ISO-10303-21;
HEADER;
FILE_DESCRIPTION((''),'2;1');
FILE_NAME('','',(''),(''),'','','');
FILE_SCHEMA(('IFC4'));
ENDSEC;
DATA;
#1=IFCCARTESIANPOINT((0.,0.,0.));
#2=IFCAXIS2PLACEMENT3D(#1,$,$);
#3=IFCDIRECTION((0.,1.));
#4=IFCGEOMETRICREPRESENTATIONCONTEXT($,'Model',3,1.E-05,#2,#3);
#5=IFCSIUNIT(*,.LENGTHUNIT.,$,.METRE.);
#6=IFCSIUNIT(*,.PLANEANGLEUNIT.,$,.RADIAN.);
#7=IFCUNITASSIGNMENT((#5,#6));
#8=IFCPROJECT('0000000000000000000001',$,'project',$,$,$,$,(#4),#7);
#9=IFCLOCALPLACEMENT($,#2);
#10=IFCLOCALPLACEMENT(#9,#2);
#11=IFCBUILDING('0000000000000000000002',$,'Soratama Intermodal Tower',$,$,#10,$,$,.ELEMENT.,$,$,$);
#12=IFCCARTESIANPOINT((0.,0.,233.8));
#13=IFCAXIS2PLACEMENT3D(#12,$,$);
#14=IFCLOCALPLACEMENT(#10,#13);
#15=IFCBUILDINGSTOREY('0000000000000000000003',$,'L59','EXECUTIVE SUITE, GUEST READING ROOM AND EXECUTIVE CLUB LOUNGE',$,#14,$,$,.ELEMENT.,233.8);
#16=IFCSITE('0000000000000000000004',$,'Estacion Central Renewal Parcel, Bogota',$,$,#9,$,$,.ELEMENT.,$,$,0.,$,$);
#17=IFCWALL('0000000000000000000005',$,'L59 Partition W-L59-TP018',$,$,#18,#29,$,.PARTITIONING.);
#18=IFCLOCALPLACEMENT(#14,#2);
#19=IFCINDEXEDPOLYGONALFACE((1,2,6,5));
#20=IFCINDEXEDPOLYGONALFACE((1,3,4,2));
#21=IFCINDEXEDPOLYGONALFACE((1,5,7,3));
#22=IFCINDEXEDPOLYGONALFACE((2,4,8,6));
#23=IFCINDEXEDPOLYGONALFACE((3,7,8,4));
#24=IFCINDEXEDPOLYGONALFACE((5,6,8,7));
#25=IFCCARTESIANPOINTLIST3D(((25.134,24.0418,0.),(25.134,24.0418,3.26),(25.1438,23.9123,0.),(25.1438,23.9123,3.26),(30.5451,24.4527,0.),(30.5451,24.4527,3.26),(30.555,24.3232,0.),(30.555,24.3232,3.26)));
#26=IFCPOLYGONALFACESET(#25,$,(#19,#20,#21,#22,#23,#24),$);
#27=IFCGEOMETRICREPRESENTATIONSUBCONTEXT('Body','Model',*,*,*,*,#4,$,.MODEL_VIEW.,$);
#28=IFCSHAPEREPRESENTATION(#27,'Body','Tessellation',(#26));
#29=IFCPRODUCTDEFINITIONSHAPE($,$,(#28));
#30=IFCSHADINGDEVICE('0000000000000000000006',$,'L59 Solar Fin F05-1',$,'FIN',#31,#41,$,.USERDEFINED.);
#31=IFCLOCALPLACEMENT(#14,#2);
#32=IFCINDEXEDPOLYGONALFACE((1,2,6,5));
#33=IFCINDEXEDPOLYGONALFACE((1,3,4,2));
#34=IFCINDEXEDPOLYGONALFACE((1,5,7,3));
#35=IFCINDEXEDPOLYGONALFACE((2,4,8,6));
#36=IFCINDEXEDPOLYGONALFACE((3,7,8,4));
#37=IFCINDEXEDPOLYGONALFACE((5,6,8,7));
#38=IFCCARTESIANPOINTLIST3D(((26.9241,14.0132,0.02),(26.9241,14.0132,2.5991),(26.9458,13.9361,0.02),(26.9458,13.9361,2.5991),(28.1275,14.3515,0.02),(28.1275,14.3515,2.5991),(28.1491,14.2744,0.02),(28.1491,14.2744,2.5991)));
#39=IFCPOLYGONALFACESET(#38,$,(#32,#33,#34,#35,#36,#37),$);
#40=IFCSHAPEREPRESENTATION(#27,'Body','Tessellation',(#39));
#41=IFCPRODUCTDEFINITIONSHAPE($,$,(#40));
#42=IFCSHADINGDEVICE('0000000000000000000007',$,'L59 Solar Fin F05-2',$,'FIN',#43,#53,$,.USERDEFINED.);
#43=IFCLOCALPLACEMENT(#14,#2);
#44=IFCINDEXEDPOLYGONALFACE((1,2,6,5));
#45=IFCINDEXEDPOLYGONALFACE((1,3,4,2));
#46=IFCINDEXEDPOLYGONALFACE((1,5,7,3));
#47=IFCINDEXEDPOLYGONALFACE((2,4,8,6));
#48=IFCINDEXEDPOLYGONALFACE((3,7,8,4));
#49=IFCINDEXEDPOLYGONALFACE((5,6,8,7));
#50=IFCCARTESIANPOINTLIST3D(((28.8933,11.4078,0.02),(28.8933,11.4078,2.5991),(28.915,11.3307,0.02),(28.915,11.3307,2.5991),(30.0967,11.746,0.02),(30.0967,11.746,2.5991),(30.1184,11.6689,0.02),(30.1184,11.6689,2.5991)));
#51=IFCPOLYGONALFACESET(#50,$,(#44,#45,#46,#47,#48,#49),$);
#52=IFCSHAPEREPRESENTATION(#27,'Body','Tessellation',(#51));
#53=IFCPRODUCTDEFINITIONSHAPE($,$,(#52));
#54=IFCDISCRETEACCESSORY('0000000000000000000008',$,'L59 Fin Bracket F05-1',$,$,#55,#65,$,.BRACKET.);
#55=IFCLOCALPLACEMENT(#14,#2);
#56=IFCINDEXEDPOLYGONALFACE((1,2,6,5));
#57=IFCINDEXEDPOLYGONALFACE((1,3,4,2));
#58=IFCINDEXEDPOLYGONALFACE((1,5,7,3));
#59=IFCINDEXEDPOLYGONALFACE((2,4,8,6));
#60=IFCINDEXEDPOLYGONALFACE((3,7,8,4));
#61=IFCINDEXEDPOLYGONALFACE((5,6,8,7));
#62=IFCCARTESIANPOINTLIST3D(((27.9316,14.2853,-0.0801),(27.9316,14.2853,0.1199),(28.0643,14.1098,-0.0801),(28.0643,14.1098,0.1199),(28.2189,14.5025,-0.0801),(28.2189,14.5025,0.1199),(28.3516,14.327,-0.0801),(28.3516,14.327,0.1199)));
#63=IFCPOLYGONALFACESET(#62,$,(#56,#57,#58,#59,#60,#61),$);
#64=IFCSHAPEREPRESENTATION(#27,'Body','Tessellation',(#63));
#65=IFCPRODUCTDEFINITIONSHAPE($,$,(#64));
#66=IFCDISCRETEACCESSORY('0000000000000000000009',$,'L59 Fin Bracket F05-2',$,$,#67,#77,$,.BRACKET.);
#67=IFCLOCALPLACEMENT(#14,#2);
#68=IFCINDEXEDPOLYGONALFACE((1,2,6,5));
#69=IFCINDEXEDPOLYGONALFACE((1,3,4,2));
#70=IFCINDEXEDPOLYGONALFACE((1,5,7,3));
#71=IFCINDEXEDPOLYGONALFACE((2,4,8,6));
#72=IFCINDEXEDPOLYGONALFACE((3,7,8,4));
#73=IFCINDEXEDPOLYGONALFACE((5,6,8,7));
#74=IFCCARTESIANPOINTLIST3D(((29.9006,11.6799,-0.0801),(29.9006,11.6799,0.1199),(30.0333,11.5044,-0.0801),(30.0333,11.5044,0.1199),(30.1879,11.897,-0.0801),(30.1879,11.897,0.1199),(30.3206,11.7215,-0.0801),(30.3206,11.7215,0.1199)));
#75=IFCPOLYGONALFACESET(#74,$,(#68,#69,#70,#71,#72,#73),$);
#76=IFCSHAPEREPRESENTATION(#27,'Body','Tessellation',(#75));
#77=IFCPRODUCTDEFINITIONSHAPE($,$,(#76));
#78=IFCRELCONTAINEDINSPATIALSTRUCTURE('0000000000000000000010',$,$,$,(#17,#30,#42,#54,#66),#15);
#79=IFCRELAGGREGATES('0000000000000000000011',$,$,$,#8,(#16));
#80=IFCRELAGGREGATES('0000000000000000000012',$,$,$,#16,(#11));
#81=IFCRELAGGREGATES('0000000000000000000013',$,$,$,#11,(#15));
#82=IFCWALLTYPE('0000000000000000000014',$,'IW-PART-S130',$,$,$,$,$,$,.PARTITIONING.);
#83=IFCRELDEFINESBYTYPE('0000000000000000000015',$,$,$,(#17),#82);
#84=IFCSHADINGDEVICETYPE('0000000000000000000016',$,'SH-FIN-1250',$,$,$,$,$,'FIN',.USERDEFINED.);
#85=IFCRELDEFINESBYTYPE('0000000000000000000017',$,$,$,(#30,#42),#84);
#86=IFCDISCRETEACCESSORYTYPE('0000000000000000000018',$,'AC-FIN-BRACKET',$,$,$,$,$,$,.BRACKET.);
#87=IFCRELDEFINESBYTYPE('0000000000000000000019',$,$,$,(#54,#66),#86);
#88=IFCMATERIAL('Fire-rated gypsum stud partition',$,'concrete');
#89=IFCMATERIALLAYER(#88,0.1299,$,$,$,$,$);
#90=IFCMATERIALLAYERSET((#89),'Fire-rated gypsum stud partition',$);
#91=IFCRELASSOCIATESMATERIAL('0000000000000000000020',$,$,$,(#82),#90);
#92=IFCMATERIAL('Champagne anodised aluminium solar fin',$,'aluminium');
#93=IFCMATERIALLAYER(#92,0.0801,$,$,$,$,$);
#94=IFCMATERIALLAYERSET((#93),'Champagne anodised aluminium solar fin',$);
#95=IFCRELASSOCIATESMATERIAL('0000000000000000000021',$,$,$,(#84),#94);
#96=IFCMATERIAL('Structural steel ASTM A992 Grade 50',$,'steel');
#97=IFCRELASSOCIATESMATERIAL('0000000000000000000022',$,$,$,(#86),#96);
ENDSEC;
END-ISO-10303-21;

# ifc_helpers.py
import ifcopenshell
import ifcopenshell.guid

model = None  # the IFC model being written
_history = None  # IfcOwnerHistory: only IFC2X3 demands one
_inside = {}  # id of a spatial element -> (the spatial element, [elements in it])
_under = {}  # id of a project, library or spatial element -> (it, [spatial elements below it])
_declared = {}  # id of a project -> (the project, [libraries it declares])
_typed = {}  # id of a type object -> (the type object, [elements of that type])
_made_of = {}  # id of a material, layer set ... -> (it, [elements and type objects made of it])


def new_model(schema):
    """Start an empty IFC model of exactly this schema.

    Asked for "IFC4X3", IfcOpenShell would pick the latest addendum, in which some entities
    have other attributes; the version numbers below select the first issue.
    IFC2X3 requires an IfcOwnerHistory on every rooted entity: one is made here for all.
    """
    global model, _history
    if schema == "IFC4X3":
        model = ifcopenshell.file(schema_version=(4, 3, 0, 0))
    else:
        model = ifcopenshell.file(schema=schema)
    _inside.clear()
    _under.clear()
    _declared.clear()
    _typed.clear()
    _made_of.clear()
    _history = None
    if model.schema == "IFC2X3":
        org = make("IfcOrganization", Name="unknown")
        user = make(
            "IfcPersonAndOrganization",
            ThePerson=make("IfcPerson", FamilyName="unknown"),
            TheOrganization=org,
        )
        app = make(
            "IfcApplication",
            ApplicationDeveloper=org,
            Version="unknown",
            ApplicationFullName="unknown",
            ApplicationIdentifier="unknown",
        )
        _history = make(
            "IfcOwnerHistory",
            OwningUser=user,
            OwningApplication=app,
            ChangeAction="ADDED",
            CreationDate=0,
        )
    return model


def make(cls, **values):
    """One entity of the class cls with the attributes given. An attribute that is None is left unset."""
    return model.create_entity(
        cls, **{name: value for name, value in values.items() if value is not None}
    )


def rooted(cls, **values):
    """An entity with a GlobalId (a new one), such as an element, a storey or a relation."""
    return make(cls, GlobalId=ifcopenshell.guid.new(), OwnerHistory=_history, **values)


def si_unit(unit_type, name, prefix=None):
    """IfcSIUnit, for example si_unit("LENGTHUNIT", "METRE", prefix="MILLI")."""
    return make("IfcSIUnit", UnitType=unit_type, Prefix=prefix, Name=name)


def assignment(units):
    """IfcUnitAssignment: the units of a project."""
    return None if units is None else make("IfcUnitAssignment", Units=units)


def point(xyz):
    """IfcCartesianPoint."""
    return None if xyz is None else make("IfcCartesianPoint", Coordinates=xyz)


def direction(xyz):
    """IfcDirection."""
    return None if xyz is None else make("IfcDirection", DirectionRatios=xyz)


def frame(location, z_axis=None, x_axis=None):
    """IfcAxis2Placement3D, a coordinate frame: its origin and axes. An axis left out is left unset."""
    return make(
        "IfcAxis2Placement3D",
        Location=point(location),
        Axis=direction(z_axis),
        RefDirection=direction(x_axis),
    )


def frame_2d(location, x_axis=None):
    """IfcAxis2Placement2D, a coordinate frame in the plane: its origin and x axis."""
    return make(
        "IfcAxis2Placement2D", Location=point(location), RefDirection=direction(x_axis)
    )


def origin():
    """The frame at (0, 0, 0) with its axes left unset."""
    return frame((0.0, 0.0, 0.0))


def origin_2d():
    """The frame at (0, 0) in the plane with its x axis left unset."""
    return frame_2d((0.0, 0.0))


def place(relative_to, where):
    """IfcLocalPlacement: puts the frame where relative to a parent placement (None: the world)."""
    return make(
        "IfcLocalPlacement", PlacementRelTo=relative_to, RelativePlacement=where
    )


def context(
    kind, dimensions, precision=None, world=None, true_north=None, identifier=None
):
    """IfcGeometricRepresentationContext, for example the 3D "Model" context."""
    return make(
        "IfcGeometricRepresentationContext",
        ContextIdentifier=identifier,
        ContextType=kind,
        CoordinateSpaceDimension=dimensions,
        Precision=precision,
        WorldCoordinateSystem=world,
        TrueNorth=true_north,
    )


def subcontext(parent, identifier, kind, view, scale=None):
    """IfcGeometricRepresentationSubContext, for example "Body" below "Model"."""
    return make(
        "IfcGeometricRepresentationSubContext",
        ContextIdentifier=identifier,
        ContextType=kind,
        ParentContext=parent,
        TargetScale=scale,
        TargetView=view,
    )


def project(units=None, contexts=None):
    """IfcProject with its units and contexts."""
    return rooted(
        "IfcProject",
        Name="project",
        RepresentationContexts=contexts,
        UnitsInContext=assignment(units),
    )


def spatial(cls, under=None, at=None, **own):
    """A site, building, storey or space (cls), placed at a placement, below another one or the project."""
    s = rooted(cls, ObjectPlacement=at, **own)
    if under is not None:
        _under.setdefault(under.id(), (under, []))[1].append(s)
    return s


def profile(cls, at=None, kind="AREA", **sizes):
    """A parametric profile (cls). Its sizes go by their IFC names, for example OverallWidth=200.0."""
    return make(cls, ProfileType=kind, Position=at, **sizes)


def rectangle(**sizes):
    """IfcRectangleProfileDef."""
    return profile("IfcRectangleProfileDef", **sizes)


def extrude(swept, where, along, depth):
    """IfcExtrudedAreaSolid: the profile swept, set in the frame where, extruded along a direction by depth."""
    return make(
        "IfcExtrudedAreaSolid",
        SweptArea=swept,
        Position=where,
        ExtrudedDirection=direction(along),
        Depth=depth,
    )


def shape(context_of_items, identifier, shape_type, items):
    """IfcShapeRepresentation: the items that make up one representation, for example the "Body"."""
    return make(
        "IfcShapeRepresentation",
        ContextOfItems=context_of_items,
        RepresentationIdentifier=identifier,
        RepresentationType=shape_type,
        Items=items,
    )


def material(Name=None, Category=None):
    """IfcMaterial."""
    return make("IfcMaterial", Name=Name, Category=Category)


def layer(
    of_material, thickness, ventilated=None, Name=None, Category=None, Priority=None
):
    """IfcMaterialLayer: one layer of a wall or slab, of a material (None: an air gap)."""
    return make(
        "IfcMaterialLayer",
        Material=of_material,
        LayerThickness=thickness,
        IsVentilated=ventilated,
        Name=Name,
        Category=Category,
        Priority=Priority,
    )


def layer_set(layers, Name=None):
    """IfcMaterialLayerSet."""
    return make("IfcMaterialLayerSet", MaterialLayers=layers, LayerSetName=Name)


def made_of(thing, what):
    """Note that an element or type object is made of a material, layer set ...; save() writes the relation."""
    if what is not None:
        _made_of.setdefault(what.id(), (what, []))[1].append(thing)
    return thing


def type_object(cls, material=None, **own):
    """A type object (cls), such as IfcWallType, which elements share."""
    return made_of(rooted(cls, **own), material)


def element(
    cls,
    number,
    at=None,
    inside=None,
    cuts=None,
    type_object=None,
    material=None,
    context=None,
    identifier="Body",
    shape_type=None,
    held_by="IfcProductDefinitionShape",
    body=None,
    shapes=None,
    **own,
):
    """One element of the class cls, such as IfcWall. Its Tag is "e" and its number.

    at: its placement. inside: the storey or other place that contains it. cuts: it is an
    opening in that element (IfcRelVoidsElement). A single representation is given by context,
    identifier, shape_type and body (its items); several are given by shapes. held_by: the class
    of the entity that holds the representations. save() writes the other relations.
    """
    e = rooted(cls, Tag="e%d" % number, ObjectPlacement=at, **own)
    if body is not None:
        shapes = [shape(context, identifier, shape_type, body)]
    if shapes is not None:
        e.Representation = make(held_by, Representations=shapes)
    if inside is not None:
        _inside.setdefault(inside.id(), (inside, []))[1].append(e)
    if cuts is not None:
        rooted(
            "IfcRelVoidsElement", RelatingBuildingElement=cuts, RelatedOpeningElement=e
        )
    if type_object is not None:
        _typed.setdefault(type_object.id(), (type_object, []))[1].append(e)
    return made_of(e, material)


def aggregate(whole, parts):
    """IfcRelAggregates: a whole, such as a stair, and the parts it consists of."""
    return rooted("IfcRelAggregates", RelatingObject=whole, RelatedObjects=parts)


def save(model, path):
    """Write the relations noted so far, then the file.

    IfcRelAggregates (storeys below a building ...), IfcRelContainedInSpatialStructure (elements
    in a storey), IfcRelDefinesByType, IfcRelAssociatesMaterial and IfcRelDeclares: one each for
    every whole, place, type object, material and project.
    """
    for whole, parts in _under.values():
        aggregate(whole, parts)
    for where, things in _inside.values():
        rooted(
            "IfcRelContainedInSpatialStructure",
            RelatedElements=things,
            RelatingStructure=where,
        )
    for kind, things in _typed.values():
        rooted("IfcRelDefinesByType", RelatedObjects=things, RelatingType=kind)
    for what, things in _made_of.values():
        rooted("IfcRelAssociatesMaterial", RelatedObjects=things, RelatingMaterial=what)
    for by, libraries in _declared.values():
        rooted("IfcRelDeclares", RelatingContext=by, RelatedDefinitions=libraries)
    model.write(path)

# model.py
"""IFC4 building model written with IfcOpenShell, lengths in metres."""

from ifc_helpers import new_model, si_unit, direction, frame, frame_2d, origin, origin_2d, place, context, subcontext, project, spatial, rectangle, extrude, material, layer, layer_set, type_object, element, save


model = new_model("IFC4")

# Units and contexts
model_context = context("Model", 3, precision=1e-05, world=origin(), true_north=direction((0.0, 1.0)))
body_context = subcontext(model_context, "Body", "Model", "MODEL_VIEW")
ifc_project = project(units=[si_unit("LENGTHUNIT", "METRE"), si_unit("PLANEANGLEUNIT", "RADIAN")], contexts=[model_context])

# Site, building, storey
site_placement = place(None, origin())
site = spatial("IfcSite", under=ifc_project, at=site_placement, Name="Estacion Central Renewal Parcel, Bogota", CompositionType="ELEMENT", RefElevation=0.0)
building_placement = place(site_placement, origin())
building = spatial("IfcBuilding", under=site, at=building_placement, Name="Soratama Intermodal Tower", CompositionType="ELEMENT")
storey_placement = place(building_placement, frame((0.0, 0.0, 233.8)))
storey = spatial("IfcBuildingStorey", under=building, at=storey_placement, Name="L59", Description="EXECUTIVE SUITE, GUEST READING ROOM AND EXECUTIVE CLUB LOUNGE", CompositionType="ELEMENT", Elevation=233.8)

# Wall
ifc_material_1 = material(Name="Fire-rated gypsum stud partition", Category="concrete")
ifc_layer_1 = layer(ifc_material_1, 0.1299)
ifc_layer_set_1 = layer_set([ifc_layer_1], Name="Fire-rated gypsum stud partition")
wall_type_1 = type_object("IfcWallType", Name="IW-PART-S130", PredefinedType="PARTITIONING", material=ifc_layer_set_1)
wall_1_placement = place(storey_placement, frame((30.55, 24.3879, 0.0), z_axis=(0.0, 0.0, 1.0), x_axis=(-0.997129, -0.075716, 0.0)))
element("IfcWall", 1, at=wall_1_placement, inside=storey, type_object=wall_type_1, Name="L59 Partition W-L59-TP018", PredefinedType="PARTITIONING", context=body_context, shape_type="SweptSolid", body=[
    extrude(rectangle(XDim=5.4268, YDim=0.1299, at=frame_2d((2.7134, 0.0))), origin(), (0.0, 0.0, 1.0), 3.26),
])

# Shading devices
ifc_material_2 = material(Name="Champagne anodised aluminium solar fin", Category="aluminium")
ifc_layer_2 = layer(ifc_material_2, 0.0801)
ifc_layer_set_2 = layer_set([ifc_layer_2], Name="Champagne anodised aluminium solar fin")
shading_device_type = type_object("IfcShadingDeviceType", Name="SH-FIN-1250", ElementType="FIN", PredefinedType="USERDEFINED", material=ifc_layer_set_2)
for number, where, z_axis, x_axis, name in (
    (2, (27.5366, 14.1438, 0.02), (0.0, 0.0, 1.0), (-0.962692, -0.2706, 0.0), "L59 Solar Fin F05-1"),
    (3, (29.5059, 11.5383, 0.02), (0.0, 0.0, 1.0), (-0.962692, -0.2706, 0.0), "L59 Solar Fin F05-2"),
):
    element("IfcShadingDevice", number, at=place(storey_placement, frame(where, z_axis=z_axis, x_axis=x_axis)), inside=storey, type_object=shading_device_type, Name=name, ObjectType="FIN", PredefinedType="USERDEFINED", context=body_context, shape_type="SweptSolid", body=[
        extrude(rectangle(XDim=1.25, YDim=0.0801, at=origin_2d()), origin(), (0.0, 0.0, 1.0), 2.5791),
    ])

# Discrete accessories
ifc_material_3 = material(Name="Structural steel ASTM A992 Grade 50", Category="steel")
discrete_accessory_type = type_object("IfcDiscreteAccessoryType", Name="AC-FIN-BRACKET", PredefinedType="BRACKET", material=ifc_material_3)
for number, where, z_axis, x_axis, name in (
    (4, (28.1416, 14.3062, -0.0801), (0.0, 0.0, 1.0), (-0.797794, -0.60293, 0.0), "L59 Fin Bracket F05-1"),
    (5, (30.1106, 11.7007, -0.0801), (0.0, 0.0, 1.0), (-0.797794, -0.60293, 0.0), "L59 Fin Bracket F05-2"),
):
    element("IfcDiscreteAccessory", number, at=place(storey_placement, frame(where, z_axis=z_axis, x_axis=x_axis)), inside=storey, type_object=discrete_accessory_type, Name=name, PredefinedType="BRACKET", context=body_context, shape_type="SweptSolid", body=[
        extrude(rectangle(XDim=0.3601, YDim=0.22, at=origin_2d()), origin(), (0.0, 0.0, 1.0), 0.2),
    ])

save(model, "model.ifc")
